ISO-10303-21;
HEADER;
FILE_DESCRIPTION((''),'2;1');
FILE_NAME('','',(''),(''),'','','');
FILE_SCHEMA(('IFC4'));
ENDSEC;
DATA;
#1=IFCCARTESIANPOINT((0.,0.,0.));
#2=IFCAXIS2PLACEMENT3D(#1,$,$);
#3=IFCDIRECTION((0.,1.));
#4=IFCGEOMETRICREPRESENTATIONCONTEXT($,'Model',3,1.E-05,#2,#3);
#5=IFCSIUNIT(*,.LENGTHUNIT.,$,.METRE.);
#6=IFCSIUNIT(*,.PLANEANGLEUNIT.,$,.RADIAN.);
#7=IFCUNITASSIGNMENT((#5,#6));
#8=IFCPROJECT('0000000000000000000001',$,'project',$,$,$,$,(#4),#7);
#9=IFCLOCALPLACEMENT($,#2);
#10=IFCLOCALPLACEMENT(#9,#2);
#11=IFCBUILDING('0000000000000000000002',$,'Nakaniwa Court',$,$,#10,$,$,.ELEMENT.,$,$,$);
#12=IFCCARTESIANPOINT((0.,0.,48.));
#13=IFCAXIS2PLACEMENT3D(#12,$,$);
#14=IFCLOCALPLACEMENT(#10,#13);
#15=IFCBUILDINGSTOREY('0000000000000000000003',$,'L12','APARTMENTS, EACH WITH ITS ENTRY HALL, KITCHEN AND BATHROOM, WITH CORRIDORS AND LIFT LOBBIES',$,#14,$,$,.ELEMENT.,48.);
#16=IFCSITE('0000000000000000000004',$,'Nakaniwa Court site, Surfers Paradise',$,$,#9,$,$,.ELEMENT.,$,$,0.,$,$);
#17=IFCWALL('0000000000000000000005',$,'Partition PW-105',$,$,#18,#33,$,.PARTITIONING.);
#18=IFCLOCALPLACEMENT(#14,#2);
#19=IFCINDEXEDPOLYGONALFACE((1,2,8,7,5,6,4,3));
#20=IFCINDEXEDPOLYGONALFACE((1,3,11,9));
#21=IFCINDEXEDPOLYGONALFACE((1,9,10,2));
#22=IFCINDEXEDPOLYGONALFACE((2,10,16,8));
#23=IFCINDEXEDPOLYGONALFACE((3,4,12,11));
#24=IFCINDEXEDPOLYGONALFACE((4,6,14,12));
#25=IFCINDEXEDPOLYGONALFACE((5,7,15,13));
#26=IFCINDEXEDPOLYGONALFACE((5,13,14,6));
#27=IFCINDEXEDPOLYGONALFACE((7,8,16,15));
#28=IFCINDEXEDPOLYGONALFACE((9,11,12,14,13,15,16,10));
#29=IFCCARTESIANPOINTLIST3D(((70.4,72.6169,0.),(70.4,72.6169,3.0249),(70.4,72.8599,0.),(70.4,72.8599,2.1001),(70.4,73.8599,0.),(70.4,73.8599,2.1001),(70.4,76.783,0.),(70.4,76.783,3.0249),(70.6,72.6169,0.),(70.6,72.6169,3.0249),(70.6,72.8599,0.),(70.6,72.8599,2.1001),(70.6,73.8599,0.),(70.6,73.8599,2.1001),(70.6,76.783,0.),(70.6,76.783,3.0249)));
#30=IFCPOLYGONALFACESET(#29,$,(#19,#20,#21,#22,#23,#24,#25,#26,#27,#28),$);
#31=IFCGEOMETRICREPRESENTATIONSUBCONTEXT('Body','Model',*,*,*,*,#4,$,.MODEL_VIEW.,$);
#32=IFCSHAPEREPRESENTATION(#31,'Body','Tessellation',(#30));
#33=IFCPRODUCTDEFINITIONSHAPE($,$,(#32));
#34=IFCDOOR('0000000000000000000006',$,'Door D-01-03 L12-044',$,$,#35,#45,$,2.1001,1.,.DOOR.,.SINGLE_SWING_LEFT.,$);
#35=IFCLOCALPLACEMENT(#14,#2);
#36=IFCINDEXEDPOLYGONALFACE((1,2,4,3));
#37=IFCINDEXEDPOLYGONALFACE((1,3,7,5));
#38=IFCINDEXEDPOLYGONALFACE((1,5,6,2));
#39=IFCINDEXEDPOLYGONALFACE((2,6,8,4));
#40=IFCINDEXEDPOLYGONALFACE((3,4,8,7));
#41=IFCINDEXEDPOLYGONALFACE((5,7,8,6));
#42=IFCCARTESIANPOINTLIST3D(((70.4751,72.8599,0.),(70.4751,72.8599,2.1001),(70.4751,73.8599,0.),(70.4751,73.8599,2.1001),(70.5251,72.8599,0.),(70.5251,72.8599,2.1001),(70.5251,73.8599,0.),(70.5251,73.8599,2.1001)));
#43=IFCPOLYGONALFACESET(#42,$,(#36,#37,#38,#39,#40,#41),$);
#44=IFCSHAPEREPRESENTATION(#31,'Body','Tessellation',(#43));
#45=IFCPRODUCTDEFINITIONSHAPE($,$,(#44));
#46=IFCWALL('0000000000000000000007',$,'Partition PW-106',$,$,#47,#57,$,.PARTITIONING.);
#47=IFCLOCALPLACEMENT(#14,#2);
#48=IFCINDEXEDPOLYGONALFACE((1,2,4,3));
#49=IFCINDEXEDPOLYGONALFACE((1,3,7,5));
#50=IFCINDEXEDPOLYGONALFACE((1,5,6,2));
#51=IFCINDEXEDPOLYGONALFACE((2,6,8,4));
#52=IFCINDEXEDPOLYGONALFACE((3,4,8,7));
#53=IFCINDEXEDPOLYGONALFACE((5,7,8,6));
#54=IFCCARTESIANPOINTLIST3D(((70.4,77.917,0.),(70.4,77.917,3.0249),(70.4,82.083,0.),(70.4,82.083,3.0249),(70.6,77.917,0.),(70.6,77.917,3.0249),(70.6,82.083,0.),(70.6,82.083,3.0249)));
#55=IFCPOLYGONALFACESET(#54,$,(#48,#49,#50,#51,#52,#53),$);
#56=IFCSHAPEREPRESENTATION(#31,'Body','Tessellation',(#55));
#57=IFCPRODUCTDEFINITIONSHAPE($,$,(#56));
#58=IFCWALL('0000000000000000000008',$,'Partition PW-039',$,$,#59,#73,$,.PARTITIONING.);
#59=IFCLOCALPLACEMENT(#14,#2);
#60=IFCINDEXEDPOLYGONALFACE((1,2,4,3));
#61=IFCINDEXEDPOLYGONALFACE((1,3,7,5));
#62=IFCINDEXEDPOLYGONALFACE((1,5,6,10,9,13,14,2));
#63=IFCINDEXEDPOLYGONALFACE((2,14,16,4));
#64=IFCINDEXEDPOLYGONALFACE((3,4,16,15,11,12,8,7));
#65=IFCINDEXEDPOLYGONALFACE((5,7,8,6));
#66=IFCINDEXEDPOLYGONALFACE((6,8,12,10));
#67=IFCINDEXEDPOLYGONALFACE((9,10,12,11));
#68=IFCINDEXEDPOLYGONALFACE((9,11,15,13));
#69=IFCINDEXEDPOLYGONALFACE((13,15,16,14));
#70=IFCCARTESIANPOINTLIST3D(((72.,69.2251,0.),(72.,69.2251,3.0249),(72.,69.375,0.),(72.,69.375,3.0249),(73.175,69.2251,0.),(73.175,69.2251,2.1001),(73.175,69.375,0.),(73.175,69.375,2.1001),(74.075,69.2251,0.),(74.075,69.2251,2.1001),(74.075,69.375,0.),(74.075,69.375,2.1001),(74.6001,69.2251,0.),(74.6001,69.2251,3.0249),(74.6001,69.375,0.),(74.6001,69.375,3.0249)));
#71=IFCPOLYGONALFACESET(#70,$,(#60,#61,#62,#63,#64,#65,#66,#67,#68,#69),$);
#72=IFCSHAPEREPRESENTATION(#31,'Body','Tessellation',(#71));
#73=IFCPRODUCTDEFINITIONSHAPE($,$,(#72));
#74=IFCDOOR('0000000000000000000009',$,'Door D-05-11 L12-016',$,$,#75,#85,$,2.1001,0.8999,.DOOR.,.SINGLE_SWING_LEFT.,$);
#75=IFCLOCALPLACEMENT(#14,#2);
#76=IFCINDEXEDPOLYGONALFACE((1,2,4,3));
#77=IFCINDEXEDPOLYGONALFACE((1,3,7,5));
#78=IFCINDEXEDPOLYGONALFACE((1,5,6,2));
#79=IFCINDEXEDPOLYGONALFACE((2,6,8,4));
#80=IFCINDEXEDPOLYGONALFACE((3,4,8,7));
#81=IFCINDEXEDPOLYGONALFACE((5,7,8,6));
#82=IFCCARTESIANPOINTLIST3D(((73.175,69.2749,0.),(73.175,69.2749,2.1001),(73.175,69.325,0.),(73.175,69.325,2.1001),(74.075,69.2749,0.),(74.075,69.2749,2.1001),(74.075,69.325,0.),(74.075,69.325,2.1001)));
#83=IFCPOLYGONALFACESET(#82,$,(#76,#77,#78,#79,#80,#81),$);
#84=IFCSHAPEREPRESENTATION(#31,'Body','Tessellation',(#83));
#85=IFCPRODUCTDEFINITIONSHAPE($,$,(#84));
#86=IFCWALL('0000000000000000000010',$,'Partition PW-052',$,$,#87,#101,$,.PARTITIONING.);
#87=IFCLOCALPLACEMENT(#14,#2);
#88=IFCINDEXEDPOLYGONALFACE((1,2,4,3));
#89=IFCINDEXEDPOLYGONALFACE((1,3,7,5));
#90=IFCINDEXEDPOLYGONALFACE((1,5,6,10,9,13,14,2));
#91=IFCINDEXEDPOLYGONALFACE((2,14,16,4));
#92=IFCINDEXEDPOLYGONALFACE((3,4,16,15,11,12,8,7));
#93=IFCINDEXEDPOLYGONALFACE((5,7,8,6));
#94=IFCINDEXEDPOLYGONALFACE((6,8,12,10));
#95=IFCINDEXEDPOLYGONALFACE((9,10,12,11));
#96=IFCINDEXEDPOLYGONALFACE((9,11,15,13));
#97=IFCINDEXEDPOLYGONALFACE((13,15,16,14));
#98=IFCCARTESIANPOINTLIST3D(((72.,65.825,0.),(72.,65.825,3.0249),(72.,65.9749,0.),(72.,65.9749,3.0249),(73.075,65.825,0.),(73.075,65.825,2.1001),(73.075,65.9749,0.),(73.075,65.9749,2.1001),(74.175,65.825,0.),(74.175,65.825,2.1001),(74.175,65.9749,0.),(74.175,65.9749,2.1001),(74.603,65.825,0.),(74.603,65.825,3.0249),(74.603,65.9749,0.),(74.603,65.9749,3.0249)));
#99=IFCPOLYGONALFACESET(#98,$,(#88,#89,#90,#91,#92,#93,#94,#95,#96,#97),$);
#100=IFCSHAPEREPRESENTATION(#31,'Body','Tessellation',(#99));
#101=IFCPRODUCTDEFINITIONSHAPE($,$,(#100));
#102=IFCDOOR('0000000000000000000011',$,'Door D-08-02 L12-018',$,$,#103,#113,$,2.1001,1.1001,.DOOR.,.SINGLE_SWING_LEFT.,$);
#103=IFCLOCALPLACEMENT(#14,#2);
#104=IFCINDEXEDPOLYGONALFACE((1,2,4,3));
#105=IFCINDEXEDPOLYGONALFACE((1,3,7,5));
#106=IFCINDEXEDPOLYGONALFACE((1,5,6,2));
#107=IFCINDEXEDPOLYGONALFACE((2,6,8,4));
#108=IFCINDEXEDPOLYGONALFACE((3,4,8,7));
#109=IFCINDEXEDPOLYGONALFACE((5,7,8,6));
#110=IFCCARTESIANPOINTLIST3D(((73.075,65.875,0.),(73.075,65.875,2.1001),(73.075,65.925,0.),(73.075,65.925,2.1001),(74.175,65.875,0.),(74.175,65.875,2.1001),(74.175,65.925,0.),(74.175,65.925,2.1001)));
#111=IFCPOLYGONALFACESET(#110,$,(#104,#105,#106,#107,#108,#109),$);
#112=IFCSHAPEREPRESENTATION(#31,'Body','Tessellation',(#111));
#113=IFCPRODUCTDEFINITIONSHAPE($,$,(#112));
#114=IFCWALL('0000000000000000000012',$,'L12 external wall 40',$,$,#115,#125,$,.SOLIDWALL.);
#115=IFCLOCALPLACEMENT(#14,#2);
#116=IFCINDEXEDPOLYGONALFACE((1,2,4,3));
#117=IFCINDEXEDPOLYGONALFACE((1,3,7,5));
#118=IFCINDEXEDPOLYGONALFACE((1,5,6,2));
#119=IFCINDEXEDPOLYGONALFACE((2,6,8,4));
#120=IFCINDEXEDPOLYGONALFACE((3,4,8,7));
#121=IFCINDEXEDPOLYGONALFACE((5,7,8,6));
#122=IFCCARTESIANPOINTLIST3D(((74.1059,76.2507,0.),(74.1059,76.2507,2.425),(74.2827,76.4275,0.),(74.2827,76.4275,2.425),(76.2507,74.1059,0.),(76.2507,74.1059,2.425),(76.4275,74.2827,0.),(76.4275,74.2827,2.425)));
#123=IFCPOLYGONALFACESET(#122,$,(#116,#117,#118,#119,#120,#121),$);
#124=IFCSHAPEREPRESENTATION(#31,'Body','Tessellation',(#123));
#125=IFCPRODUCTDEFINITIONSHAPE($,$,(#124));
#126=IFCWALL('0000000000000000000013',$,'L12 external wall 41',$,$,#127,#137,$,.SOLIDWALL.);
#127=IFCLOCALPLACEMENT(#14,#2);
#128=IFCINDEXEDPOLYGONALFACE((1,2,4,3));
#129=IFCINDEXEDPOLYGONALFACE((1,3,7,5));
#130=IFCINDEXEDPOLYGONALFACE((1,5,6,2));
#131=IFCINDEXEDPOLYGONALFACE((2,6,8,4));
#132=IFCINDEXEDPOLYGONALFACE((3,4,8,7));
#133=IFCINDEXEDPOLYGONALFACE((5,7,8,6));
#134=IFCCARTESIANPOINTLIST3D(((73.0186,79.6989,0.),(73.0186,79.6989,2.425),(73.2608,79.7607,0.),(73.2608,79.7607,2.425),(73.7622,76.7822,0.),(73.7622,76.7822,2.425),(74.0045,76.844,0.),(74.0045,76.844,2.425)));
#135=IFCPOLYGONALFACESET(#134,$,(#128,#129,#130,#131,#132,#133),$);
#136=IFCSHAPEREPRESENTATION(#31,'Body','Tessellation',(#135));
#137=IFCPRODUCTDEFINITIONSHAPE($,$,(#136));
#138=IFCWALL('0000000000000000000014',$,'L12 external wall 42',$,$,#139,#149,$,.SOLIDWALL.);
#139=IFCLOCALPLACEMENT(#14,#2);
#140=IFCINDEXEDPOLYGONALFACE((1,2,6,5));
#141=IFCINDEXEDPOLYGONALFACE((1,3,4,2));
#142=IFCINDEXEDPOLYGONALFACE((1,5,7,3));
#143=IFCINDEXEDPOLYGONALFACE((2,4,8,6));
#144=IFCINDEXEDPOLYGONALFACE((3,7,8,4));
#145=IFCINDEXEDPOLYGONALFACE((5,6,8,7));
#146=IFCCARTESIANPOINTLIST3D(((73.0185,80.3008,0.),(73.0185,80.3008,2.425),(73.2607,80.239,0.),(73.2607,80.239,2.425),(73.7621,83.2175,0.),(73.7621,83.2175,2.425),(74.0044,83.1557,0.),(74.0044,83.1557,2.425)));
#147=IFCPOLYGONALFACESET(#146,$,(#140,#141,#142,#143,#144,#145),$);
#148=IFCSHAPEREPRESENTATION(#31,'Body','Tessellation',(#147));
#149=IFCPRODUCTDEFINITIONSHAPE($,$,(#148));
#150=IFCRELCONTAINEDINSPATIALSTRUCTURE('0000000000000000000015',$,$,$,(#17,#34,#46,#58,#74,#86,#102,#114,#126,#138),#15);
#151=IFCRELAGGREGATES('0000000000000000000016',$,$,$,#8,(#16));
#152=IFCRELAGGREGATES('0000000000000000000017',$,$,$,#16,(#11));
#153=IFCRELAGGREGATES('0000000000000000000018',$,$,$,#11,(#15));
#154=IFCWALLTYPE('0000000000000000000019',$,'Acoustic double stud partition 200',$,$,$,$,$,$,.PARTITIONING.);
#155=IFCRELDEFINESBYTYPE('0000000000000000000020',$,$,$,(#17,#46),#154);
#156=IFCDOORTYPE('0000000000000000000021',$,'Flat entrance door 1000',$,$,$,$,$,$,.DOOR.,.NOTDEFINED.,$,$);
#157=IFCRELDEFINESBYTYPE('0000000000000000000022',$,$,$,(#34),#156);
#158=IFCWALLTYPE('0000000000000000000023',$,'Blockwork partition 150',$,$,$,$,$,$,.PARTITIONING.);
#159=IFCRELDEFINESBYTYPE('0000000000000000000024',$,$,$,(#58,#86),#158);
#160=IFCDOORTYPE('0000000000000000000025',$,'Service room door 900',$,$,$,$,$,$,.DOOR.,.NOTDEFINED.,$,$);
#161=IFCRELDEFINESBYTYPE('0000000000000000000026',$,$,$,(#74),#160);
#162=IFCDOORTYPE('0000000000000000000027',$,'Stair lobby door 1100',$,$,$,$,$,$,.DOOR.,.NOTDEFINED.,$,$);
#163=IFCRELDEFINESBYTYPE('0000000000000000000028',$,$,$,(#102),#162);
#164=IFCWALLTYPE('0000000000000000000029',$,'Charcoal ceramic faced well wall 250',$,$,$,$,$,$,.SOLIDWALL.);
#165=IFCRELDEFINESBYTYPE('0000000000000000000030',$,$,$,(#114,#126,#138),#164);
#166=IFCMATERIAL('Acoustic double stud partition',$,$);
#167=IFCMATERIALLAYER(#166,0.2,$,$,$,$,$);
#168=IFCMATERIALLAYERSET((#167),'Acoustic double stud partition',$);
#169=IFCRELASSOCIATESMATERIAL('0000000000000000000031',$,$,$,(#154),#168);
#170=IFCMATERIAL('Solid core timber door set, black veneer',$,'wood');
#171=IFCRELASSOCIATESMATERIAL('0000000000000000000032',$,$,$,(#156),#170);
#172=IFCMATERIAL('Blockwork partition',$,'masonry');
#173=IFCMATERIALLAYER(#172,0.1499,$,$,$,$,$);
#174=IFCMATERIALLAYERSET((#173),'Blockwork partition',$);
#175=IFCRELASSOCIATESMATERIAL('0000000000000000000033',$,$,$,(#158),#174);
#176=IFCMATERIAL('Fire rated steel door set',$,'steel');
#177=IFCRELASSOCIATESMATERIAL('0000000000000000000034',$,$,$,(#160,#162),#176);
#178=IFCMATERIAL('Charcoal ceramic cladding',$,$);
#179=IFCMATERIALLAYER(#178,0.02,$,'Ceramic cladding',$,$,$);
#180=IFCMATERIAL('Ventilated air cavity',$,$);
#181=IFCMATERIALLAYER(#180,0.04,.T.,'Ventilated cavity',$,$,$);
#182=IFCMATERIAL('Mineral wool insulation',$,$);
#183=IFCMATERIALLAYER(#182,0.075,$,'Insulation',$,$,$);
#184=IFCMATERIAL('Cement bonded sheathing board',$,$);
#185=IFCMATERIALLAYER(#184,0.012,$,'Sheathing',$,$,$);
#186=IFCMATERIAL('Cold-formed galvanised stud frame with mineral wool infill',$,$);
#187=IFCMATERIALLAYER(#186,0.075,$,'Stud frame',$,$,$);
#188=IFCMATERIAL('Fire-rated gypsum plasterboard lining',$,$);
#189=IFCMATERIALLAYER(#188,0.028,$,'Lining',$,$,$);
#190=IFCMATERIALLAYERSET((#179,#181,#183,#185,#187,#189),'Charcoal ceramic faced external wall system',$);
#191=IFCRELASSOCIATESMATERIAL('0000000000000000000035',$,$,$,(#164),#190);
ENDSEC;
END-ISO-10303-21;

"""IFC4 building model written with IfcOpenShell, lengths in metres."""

from ifc_helpers import new_model, si_unit, direction, frame, frame_2d, origin, place, context, subcontext, project, spatial, rectangle, extrude, material, layer, layer_set, type_object, element, fill, save


model = new_model("IFC4")

# Units and contexts
model_context = context("Model", 3, precision=1e-05, world=origin(), true_north=direction((0.0, 1.0)))
body_context = subcontext(model_context, "Body", "Model", "MODEL_VIEW")
ifc_project = project(units=[si_unit("LENGTHUNIT", "METRE"), si_unit("PLANEANGLEUNIT", "RADIAN")], contexts=[model_context])

# Site, building, storey
site_placement = place(None, origin())
site = spatial("IfcSite", under=ifc_project, at=site_placement, Name="Nakaniwa Court site, Surfers Paradise", CompositionType="ELEMENT", RefElevation=0.0)
building_placement = place(site_placement, origin())
building = spatial("IfcBuilding", under=site, at=building_placement, Name="Nakaniwa Court", CompositionType="ELEMENT")
storey_placement = place(building_placement, frame((0.0, 0.0, 48.0)))
storey = spatial("IfcBuildingStorey", under=building, at=storey_placement, Name="L12", Description="APARTMENTS, EACH WITH ITS ENTRY HALL, KITCHEN AND BATHROOM, WITH CORRIDORS AND LIFT LOBBIES", CompositionType="ELEMENT", Elevation=48.0)

# Shared definitions
ifc_material_1 = material(Name="Acoustic double stud partition")
ifc_layer_1 = layer(ifc_material_1, 0.2)
ifc_layer_set_1 = layer_set([ifc_layer_1], Name="Acoustic double stud partition")
wall_type_1 = type_object("IfcWallType", Name="Acoustic double stud partition 200", PredefinedType="PARTITIONING", material=ifc_layer_set_1)

# Wall, opening, door
ifc_material_2 = material(Name="Solid core timber door set, black veneer", Category="wood")
wall_1_placement = place(storey_placement, frame((70.5, 72.6169, 0.0), z_axis=(0.0, 0.0, 1.0), x_axis=(0.0, 1.0, 0.0)))
wall_1 = element("IfcWall", 1, at=wall_1_placement, inside=storey, type_object=wall_type_1, Name="Partition PW-105", PredefinedType="PARTITIONING", context=body_context, shape_type="SweptSolid", body=[
    extrude(rectangle(XDim=4.166, YDim=0.2, at=frame_2d((2.083, 0.0))), origin(), (0.0, 0.0, 1.0), 3.0249),
])
opening_1_placement = place(wall_1_placement, frame((0.2429, 0.0, 0.0)))
opening_1 = element("IfcOpeningElement", 2, at=opening_1_placement, cuts=wall_1, PredefinedType="OPENING", context=body_context, shape_type="SweptSolid", body=[
    extrude(rectangle(XDim=1.0, YDim=2.1001, at=frame_2d((0.5, 1.05))), frame((0.0, 0.1099, 0.0), z_axis=(0.0, -1.0, 0.0), x_axis=(1.0, 0.0, 0.0)), (0.0, 0.0, 1.0), 0.22),
])
door_type_1 = type_object("IfcDoorType", Name="Flat entrance door 1000", OperationType="NOTDEFINED", PredefinedType="DOOR", material=ifc_material_2)
door_1_placement = place(opening_1_placement, origin())
door_1 = element("IfcDoor", 3, at=door_1_placement, inside=storey, type_object=door_type_1, Name="Door D-01-03 L12-044", OperationType="SINGLE_SWING_LEFT", OverallHeight=2.1001, OverallWidth=1.0, PredefinedType="DOOR", context=body_context, shape_type="SweptSolid", body=[
    extrude(rectangle(XDim=1.0, YDim=2.1001, at=frame_2d((0.5, 1.05))), frame((0.0, 0.0249, 0.0), z_axis=(0.0, -1.0, 0.0), x_axis=(1.0, 0.0, 0.0)), (0.0, 0.0, 1.0), 0.05),
])
fill(opening_1, door_1)

# Wall
wall_2_placement = place(storey_placement, frame((70.5, 77.917, 0.0), z_axis=(0.0, 0.0, 1.0), x_axis=(0.0, 1.0, 0.0)))
element("IfcWall", 4, at=wall_2_placement, inside=storey, type_object=wall_type_1, Name="Partition PW-106", PredefinedType="PARTITIONING", context=body_context, shape_type="SweptSolid", body=[
    extrude(rectangle(XDim=4.166, YDim=0.2, at=frame_2d((2.083, 0.0))), origin(), (0.0, 0.0, 1.0), 3.0249),
])

# Walls, openings, doors
ifc_material_3 = material(Name="Blockwork partition", Category="masonry")
ifc_layer_2 = layer(ifc_material_3, 0.1499)
ifc_layer_set_2 = layer_set([ifc_layer_2], Name="Blockwork partition")
wall_type_2 = type_object("IfcWallType", Name="Blockwork partition 150", PredefinedType="PARTITIONING", material=ifc_layer_set_2)
wall_3_placement = place(storey_placement, frame((72.0, 69.3, 0.0), z_axis=(0.0, 0.0, 1.0), x_axis=(1.0, 0.0, 0.0)))
wall_3 = element("IfcWall", 5, at=wall_3_placement, inside=storey, type_object=wall_type_2, Name="Partition PW-039", PredefinedType="PARTITIONING", context=body_context, shape_type="SweptSolid", body=[
    extrude(rectangle(XDim=2.6001, YDim=0.1499, at=frame_2d((1.3, 0.0))), origin(), (0.0, 0.0, 1.0), 3.0249),
])
opening_2_placement = place(wall_3_placement, frame((1.175, 0.0, 0.0)))
opening_2 = element("IfcOpeningElement", 6, at=opening_2_placement, cuts=wall_3, PredefinedType="OPENING", context=body_context, shape_type="SweptSolid", body=[
    extrude(rectangle(XDim=0.8999, YDim=2.1001, at=frame_2d((0.45, 1.05))), frame((0.0, 0.085, 0.0), z_axis=(0.0, -1.0, 0.0), x_axis=(1.0, 0.0, 0.0)), (0.0, 0.0, 1.0), 0.1699),
])
ifc_material_4 = material(Name="Fire rated steel door set", Category="steel")
door_type_2 = type_object("IfcDoorType", Name="Service room door 900", OperationType="NOTDEFINED", PredefinedType="DOOR", material=ifc_material_4)
door_2_placement = place(opening_2_placement, origin())
door_2 = element("IfcDoor", 7, at=door_2_placement, inside=storey, type_object=door_type_2, Name="Door D-05-11 L12-016", OperationType="SINGLE_SWING_LEFT", OverallHeight=2.1001, OverallWidth=0.8999, PredefinedType="DOOR", context=body_context, shape_type="SweptSolid", body=[
    extrude(rectangle(XDim=0.8999, YDim=2.1001, at=frame_2d((0.45, 1.05))), frame((0.0, 0.0249, 0.0), z_axis=(0.0, -1.0, 0.0), x_axis=(1.0, 0.0, 0.0)), (0.0, 0.0, 1.0), 0.05),
])
fill(opening_2, door_2)
wall_4_placement = place(storey_placement, frame((74.603, 65.8999, 0.0), z_axis=(0.0, 0.0, 1.0), x_axis=(-1.0, 0.0, 0.0)))
wall_4 = element("IfcWall", 8, at=wall_4_placement, inside=storey, type_object=wall_type_2, Name="Partition PW-052", PredefinedType="PARTITIONING", context=body_context, shape_type="SweptSolid", body=[
    extrude(rectangle(XDim=2.603, YDim=0.1499, at=frame_2d((1.3015, 0.0))), origin(), (0.0, 0.0, 1.0), 3.0249),
])
opening_3_placement = place(wall_4_placement, frame((0.428, 0.0, 0.0)))
opening_3 = element("IfcOpeningElement", 9, at=opening_3_placement, cuts=wall_4, PredefinedType="OPENING", context=body_context, shape_type="SweptSolid", body=[
    extrude(rectangle(XDim=1.1001, YDim=2.1001, at=frame_2d((0.55, 1.05))), frame((0.0, 0.085, 0.0), z_axis=(0.0, -1.0, 0.0), x_axis=(1.0, 0.0, 0.0)), (0.0, 0.0, 1.0), 0.1699),
])
door_type_3 = type_object("IfcDoorType", Name="Stair lobby door 1100", OperationType="NOTDEFINED", PredefinedType="DOOR", material=ifc_material_4)
door_3_placement = place(opening_3_placement, origin())
door_3 = element("IfcDoor", 10, at=door_3_placement, inside=storey, type_object=door_type_3, Name="Door D-08-02 L12-018", OperationType="SINGLE_SWING_LEFT", OverallHeight=2.1001, OverallWidth=1.1001, PredefinedType="DOOR", context=body_context, shape_type="SweptSolid", body=[
    extrude(rectangle(XDim=1.1001, YDim=2.1001, at=frame_2d((0.55, 1.05))), frame((0.0, 0.0249, 0.0), z_axis=(0.0, -1.0, 0.0), x_axis=(1.0, 0.0, 0.0)), (0.0, 0.0, 1.0), 0.05),
])
fill(opening_3, door_3)

# Walls
ifc_material_5 = material(Name="Charcoal ceramic cladding")
ifc_layer_3 = layer(ifc_material_5, 0.02, Name="Ceramic cladding")
ifc_material_6 = material(Name="Ventilated air cavity")
ifc_layer_4 = layer(ifc_material_6, 0.04, ventilated=True, Name="Ventilated cavity")
ifc_material_7 = material(Name="Mineral wool insulation")
ifc_layer_5 = layer(ifc_material_7, 0.075, Name="Insulation")
ifc_material_8 = material(Name="Cement bonded sheathing board")
ifc_layer_6 = layer(ifc_material_8, 0.012, Name="Sheathing")
ifc_material_9 = material(Name="Cold-formed galvanised stud frame with mineral wool infill")
ifc_layer_7 = layer(ifc_material_9, 0.075, Name="Stud frame")
ifc_material_10 = material(Name="Fire-rated gypsum plasterboard lining")
ifc_layer_8 = layer(ifc_material_10, 0.028, Name="Lining")
ifc_layer_set_3 = layer_set([ifc_layer_3, ifc_layer_4, ifc_layer_5, ifc_layer_6, ifc_layer_7, ifc_layer_8], Name="Charcoal ceramic faced external wall system")
wall_type_3 = type_object("IfcWallType", Name="Charcoal ceramic faced well wall 250", PredefinedType="SOLIDWALL", material=ifc_layer_set_3)
wall_5_placement = place(storey_placement, frame((76.3391, 74.1943, 0.0), z_axis=(0.0, 0.0, 1.0), x_axis=(-0.707107, 0.707107, 0.0)))
element("IfcWall", 11, at=wall_5_placement, inside=storey, type_object=wall_type_3, Name="L12 external wall 40", PredefinedType="SOLIDWALL", context=body_context, shape_type="SweptSolid", body=[
    extrude(rectangle(XDim=3.0332, YDim=0.25, at=frame_2d((1.5166, 0.0))), origin(), (0.0, 0.0, 1.0), 2.425),
])
for number, where, z_axis, x_axis, name in (
    (12, (73.8833, 76.8132, 0.0), (0.0, 0.0, 1.0), (-0.247056, 0.969001, 0.0), "L12 external wall 41"),
    (13, (73.1396, 80.27, 0.0), (0.0, 0.0, 1.0), (0.247056, 0.969001, 0.0), "L12 external wall 42"),
):
    element("IfcWall", number, at=place(storey_placement, frame(where, z_axis=z_axis, x_axis=x_axis)), inside=storey, type_object=wall_type_3, Name=name, PredefinedType="SOLIDWALL", context=body_context, shape_type="SweptSolid", body=[
        extrude(rectangle(XDim=3.01, YDim=0.25, at=frame_2d((1.5049, 0.0))), origin(), (0.0, 0.0, 1.0), 2.425),
    ])

save(model, "model.ifc")
